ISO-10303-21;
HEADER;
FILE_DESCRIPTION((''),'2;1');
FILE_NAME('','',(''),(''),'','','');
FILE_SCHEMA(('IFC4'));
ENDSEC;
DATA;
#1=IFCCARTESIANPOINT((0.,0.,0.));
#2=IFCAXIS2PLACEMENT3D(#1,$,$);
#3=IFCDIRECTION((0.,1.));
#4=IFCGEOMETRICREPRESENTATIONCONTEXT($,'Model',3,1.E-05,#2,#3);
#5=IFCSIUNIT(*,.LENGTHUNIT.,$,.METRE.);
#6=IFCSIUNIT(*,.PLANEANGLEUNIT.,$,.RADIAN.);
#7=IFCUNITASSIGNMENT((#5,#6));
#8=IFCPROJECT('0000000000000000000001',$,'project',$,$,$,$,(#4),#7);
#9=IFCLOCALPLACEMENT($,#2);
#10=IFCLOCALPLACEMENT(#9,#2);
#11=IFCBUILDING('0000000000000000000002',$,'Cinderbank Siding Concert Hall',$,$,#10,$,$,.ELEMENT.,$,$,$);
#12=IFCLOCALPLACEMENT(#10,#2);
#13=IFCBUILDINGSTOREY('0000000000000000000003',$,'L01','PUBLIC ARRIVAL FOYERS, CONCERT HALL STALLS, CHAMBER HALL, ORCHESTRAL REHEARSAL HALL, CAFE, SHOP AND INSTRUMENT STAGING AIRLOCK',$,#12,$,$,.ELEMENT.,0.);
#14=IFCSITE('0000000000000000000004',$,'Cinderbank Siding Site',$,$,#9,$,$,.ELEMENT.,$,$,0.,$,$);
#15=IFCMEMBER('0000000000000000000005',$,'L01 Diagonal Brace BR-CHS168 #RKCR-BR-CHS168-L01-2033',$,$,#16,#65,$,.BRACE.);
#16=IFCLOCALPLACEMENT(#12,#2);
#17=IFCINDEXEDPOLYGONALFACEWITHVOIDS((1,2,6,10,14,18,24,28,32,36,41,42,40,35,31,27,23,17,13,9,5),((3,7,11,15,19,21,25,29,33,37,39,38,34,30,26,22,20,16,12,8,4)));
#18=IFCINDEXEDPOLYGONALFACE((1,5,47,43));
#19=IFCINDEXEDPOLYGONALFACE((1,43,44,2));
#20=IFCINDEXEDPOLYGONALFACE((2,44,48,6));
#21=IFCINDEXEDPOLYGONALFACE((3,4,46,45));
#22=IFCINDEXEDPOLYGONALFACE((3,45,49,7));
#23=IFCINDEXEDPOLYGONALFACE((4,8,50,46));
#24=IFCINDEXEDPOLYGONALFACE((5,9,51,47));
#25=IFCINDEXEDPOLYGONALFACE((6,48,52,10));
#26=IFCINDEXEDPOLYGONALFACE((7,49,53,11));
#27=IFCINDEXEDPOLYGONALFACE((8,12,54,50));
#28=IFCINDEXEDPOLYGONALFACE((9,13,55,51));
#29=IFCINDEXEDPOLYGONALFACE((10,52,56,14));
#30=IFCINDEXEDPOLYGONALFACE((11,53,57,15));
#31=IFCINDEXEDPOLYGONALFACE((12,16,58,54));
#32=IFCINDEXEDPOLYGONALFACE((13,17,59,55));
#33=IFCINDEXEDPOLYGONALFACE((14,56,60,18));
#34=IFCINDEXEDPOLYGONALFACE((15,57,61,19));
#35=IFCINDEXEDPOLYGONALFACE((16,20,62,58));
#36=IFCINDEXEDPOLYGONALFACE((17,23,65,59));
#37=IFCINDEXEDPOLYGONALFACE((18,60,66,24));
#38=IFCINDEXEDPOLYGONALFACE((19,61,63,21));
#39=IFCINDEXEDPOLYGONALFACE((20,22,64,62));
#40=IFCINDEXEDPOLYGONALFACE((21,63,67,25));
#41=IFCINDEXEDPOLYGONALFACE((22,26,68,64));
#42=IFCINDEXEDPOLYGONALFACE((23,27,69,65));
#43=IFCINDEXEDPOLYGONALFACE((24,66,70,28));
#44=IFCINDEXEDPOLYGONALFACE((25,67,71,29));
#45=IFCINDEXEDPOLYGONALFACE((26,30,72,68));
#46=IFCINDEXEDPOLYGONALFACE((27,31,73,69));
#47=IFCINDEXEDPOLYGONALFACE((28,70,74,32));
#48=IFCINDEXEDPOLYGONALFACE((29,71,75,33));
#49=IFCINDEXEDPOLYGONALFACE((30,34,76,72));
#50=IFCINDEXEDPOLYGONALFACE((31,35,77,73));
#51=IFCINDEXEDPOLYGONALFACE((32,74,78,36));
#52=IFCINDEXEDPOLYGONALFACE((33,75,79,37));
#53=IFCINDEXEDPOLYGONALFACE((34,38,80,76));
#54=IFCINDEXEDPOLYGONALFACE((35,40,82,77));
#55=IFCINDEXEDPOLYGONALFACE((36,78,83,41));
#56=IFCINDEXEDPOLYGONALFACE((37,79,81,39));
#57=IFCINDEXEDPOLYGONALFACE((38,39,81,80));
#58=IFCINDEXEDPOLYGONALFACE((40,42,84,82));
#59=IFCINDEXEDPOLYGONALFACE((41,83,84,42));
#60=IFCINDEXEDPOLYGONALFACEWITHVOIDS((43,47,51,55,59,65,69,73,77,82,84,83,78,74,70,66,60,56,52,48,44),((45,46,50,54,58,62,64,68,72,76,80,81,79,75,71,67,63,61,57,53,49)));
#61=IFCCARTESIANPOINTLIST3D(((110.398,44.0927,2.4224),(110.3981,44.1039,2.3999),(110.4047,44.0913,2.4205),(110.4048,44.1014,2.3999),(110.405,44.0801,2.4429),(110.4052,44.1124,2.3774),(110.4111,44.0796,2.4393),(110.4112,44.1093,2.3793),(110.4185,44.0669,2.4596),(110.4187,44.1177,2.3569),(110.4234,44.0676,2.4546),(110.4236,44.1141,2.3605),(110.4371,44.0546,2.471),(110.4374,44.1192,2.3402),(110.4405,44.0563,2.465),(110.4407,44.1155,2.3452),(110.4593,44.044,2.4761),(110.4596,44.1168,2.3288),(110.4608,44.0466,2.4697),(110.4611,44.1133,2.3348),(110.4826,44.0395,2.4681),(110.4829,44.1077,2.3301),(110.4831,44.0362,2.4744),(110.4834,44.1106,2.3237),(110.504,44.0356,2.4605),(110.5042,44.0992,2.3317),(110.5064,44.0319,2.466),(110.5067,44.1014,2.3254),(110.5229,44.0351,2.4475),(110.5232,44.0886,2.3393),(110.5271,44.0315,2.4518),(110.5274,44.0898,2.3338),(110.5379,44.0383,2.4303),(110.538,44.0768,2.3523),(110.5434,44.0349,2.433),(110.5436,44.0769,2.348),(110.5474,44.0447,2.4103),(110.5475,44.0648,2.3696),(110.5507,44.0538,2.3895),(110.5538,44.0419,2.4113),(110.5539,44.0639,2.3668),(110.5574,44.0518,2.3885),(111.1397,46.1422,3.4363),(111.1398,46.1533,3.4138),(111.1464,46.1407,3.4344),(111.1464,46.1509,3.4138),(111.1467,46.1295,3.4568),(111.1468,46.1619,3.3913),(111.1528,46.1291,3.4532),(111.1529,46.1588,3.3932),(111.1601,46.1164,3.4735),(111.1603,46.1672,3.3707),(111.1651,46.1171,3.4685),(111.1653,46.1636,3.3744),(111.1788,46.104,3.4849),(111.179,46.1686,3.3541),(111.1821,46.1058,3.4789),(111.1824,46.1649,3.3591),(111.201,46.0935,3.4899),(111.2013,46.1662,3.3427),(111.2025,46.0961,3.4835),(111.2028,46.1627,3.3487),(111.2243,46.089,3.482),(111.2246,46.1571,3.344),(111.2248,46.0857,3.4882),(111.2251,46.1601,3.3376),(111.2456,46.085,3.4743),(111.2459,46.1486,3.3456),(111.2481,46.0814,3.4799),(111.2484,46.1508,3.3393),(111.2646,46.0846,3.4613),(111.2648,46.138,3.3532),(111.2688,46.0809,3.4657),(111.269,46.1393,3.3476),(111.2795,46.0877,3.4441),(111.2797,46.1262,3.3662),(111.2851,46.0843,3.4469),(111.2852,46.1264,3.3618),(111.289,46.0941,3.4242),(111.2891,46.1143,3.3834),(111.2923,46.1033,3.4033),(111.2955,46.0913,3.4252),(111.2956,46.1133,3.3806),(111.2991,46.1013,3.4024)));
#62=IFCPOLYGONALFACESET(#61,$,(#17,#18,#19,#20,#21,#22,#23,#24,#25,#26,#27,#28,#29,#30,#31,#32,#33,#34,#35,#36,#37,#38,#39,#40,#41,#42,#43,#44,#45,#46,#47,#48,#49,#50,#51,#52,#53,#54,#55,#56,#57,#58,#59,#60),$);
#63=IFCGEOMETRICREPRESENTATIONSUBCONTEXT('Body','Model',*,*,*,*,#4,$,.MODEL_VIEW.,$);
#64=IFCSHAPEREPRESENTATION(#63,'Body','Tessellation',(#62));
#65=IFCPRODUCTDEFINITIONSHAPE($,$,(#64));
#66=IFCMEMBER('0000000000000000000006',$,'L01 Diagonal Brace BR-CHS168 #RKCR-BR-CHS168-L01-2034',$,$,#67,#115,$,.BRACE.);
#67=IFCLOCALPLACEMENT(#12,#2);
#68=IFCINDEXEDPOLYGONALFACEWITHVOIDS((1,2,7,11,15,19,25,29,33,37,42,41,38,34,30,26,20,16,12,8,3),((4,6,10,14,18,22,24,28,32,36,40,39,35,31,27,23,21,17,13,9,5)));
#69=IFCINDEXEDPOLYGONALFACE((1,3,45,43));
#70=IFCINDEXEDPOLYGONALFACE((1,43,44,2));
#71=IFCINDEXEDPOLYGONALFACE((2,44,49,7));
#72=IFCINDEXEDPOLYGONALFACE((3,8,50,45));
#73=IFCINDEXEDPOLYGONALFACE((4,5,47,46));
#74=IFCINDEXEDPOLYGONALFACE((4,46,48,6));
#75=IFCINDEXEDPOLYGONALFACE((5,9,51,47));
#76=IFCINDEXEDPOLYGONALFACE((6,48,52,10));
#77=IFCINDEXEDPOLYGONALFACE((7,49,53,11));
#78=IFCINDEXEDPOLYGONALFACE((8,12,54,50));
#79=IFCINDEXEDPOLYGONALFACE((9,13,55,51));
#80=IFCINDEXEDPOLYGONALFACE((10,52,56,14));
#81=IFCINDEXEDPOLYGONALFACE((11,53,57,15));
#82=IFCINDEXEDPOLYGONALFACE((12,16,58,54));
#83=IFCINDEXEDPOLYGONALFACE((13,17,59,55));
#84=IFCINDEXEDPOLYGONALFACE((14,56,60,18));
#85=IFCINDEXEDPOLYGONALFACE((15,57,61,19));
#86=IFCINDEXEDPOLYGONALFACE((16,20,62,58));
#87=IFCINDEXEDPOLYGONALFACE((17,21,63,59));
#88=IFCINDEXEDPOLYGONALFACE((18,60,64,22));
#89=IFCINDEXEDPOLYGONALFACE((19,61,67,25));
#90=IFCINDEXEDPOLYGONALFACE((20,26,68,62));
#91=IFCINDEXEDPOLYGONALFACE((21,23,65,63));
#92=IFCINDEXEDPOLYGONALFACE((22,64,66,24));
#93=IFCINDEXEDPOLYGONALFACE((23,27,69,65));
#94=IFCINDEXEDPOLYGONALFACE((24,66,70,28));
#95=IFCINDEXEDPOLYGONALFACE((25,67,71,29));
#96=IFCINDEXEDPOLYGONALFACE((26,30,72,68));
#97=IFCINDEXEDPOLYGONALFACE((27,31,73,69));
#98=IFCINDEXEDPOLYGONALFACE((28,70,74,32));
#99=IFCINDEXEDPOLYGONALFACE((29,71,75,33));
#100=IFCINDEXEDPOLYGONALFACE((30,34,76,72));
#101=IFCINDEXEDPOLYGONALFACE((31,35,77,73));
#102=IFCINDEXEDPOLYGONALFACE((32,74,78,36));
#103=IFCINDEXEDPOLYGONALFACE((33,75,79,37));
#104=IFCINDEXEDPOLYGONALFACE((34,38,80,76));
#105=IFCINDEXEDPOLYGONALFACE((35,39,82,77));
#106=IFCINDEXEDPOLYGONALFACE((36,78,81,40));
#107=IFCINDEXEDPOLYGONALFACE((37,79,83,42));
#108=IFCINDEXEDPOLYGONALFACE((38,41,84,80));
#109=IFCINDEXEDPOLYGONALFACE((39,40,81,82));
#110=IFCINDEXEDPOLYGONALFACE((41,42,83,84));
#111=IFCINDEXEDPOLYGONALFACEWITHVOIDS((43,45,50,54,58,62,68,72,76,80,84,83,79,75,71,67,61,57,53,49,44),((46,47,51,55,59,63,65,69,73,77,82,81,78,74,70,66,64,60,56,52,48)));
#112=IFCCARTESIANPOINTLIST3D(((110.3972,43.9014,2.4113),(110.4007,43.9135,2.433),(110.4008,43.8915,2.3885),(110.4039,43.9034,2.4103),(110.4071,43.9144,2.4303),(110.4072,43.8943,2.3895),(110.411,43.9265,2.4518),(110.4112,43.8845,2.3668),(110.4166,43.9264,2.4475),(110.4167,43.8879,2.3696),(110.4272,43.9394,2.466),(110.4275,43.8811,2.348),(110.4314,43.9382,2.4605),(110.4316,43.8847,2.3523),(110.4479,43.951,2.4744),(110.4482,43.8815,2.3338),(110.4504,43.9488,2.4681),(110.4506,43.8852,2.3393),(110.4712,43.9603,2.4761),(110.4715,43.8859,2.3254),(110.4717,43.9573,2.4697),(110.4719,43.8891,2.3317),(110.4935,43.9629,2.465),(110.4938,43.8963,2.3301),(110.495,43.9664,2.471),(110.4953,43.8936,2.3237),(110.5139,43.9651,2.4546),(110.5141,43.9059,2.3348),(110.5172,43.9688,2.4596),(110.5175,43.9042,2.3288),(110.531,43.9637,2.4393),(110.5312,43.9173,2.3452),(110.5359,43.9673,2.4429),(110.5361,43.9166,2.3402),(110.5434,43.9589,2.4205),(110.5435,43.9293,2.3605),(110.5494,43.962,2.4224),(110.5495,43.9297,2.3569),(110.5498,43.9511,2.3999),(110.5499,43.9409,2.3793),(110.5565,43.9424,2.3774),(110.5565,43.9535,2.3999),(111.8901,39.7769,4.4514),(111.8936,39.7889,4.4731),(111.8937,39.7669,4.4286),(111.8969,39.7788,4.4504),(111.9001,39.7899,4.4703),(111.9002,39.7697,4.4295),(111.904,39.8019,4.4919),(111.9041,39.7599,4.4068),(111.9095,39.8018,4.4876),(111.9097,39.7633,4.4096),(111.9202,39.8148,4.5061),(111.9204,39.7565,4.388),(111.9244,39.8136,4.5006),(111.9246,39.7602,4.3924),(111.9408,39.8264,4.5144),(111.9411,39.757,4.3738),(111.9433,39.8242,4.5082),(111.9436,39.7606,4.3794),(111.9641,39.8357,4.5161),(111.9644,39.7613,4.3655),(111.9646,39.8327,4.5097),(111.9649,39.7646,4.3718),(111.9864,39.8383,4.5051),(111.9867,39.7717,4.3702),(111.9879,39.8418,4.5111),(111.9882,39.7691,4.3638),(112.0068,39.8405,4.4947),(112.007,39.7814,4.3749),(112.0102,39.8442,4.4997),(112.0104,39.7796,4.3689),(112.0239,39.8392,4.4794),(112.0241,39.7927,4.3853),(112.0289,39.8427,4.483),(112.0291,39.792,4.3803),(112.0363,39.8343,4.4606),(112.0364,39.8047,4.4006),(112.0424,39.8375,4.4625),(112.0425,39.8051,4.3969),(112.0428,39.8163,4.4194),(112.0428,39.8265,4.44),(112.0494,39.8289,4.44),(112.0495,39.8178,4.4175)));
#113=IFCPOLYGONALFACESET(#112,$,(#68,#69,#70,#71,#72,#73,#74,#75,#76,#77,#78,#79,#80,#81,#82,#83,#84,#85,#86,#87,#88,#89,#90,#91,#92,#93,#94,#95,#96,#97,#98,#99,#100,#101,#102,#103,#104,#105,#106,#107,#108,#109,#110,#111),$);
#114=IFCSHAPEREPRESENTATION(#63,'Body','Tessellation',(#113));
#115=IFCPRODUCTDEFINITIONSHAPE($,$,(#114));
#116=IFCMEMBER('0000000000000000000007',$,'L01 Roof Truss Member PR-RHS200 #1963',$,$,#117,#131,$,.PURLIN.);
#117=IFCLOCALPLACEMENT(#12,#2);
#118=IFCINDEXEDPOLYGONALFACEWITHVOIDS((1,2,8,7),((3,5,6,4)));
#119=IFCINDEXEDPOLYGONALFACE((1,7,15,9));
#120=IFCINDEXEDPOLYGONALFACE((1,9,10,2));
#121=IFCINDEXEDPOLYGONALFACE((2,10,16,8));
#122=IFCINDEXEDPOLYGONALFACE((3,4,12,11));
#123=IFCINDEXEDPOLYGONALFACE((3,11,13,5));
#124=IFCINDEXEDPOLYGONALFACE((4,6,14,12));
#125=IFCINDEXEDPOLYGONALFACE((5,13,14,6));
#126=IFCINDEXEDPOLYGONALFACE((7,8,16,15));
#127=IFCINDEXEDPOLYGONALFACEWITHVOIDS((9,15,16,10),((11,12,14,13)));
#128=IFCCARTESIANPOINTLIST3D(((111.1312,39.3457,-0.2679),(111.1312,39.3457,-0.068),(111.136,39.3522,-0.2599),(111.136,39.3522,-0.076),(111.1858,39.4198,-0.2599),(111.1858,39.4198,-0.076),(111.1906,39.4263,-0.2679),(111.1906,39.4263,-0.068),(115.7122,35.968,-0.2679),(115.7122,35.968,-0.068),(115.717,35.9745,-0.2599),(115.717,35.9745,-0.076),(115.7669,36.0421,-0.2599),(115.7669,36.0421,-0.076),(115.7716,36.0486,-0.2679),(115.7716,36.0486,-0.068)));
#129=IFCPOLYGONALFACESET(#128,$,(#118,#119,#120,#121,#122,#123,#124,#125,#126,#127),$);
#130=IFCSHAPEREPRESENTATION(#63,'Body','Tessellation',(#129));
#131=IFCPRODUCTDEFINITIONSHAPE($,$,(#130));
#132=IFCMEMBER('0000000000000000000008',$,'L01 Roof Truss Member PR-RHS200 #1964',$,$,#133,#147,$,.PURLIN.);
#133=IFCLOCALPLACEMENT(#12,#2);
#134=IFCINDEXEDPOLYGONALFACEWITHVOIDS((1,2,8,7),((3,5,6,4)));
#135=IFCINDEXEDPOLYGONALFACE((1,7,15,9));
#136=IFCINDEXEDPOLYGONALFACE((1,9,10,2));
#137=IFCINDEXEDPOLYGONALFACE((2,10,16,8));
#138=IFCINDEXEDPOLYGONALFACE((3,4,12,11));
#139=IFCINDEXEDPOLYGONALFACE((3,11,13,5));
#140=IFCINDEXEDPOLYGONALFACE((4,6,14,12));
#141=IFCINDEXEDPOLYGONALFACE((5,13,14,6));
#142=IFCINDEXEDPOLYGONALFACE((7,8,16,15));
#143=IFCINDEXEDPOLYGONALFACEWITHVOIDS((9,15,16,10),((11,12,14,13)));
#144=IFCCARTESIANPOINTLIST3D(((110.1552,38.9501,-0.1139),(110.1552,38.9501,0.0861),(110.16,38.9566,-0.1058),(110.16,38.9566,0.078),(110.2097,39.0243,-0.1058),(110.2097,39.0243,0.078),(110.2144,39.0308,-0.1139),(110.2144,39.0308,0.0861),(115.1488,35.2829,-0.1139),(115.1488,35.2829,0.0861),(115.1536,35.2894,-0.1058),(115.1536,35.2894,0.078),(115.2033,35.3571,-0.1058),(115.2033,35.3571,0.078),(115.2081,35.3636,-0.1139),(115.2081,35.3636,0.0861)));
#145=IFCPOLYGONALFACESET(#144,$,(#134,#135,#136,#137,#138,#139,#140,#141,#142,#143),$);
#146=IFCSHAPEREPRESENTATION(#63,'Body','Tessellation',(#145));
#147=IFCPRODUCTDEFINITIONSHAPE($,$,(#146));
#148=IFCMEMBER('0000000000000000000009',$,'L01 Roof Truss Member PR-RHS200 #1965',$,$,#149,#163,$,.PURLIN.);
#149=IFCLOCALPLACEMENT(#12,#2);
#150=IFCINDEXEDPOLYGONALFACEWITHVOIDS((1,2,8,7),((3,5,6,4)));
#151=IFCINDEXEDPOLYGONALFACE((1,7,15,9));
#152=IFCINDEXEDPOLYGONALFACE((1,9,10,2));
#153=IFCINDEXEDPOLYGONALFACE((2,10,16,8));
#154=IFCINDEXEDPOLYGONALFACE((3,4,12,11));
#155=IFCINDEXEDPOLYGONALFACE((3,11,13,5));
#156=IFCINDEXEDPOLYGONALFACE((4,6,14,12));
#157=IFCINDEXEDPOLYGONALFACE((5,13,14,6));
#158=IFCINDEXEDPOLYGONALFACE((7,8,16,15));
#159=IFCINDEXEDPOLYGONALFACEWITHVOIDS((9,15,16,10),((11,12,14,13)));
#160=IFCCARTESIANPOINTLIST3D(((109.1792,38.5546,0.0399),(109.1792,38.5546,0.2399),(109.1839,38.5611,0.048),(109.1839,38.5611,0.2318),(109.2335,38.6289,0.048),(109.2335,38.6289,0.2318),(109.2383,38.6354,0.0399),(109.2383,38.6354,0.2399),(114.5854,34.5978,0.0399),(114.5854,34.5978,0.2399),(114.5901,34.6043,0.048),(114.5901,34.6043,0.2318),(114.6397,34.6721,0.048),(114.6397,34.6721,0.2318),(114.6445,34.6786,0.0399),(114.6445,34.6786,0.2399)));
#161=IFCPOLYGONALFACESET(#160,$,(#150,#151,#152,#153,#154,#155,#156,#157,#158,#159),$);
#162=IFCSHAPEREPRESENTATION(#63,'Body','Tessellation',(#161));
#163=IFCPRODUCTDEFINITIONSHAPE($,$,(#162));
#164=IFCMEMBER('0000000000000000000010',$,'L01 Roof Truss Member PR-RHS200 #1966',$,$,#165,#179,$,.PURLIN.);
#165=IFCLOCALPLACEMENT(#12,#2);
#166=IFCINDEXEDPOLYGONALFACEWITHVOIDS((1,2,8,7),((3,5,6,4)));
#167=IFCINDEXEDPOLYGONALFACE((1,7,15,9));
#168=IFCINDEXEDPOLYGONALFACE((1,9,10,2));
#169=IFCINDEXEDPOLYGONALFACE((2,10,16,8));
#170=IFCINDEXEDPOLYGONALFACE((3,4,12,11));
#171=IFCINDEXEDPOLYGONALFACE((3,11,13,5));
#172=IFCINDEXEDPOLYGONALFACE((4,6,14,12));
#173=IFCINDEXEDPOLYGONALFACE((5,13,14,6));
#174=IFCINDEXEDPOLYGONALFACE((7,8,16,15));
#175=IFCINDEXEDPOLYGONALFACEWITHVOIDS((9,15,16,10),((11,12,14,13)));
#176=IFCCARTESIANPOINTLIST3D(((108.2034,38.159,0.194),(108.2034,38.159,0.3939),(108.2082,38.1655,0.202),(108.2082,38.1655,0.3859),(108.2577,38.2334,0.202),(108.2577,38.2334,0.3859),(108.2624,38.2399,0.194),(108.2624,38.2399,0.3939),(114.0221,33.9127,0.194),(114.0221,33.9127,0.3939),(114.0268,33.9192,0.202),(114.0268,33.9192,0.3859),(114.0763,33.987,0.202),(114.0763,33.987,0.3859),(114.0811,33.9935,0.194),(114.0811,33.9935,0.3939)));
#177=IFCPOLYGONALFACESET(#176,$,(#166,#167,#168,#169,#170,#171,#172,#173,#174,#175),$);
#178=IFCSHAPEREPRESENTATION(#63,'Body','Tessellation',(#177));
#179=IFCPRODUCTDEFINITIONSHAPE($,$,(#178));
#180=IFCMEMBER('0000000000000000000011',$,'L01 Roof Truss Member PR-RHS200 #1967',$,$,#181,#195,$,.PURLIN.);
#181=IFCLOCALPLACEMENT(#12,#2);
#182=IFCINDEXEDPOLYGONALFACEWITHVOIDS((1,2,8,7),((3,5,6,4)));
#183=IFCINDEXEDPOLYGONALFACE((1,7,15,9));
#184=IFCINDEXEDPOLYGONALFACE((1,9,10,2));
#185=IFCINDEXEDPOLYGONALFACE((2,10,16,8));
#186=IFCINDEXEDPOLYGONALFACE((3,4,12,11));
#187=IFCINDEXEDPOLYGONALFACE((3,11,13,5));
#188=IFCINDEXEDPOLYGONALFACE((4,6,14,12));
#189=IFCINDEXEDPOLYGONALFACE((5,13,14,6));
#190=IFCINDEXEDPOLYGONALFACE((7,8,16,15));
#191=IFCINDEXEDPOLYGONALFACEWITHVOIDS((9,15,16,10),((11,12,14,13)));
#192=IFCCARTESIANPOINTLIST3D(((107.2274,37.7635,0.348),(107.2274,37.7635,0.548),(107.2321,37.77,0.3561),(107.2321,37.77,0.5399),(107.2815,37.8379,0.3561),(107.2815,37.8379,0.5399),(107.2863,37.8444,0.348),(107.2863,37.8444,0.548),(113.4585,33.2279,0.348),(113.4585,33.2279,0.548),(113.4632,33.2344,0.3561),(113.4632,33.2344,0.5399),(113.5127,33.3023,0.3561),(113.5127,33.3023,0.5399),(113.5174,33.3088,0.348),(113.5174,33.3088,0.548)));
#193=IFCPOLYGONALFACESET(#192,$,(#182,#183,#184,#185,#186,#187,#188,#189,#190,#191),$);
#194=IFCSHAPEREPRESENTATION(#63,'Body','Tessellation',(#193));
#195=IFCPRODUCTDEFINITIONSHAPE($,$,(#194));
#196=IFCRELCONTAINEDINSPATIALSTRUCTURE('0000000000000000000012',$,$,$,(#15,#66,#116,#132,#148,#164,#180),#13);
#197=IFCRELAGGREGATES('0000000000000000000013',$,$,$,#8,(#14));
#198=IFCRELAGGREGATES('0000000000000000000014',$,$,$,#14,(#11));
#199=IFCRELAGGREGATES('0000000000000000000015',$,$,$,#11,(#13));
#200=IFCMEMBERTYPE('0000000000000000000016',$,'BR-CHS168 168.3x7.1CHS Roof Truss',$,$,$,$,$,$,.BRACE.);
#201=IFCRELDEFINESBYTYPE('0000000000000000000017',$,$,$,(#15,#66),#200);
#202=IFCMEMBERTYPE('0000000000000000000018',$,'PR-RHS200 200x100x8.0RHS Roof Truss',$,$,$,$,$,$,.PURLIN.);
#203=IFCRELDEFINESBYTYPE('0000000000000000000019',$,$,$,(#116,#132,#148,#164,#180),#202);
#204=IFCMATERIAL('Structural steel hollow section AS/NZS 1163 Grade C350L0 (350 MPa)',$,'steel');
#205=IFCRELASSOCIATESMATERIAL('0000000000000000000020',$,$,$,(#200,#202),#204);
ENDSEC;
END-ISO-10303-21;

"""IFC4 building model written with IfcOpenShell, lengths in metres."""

from ifc_helpers import new_model, si_unit, direction, frame, origin, origin_2d, place, context, subcontext, project, spatial, hollow_rectangle, hollow_circle, extrude, material, material_profile, profile_set, type_object, element, save


model = new_model("IFC4")

# Units and contexts
model_context = context("Model", 3, precision=1e-05, world=origin(), true_north=direction((0.0, 1.0)))
body_context = subcontext(model_context, "Body", "Model", "MODEL_VIEW")
ifc_project = project(units=[si_unit("LENGTHUNIT", "METRE"), si_unit("PLANEANGLEUNIT", "RADIAN")], contexts=[model_context])

# Site, building, storey
site_placement = place(None, origin())
site = spatial("IfcSite", under=ifc_project, at=site_placement, Name="Cinderbank Siding Site", CompositionType="ELEMENT", RefElevation=0.0)
building_placement = place(site_placement, origin())
building = spatial("IfcBuilding", under=site, at=building_placement, Name="Cinderbank Siding Concert Hall", CompositionType="ELEMENT")
storey_placement = place(building_placement, origin())
storey = spatial("IfcBuildingStorey", under=building, at=storey_placement, Name="L01", Description="PUBLIC ARRIVAL FOYERS, CONCERT HALL STALLS, CHAMBER HALL, ORCHESTRAL REHEARSAL HALL, CAFE, SHOP AND INSTRUMENT STAGING AIRLOCK", CompositionType="ELEMENT", Elevation=0.0)

# Members
ifc_material_1 = material(Name="Structural steel hollow section AS/NZS 1163 Grade C350L0 (350 MPa)", Category="steel")
ifc_material_profile_1 = material_profile(ifc_material_1, hollow_circle(Radius=0.0842, WallThickness=0.0071, at=origin_2d()), Name="168.3x7.1CHS", Category="LoadBearing")
ifc_profile_set_1 = profile_set([ifc_material_profile_1], Name="Structural steel hollow section AS/NZS 1163 Grade C350L0 (350 MPa)")
member_type_1 = type_object("IfcMemberType", Name="BR-CHS168 168.3x7.1CHS Roof Truss", PredefinedType="BRACE", material=ifc_profile_set_1)
member_1_placement = place(storey_placement, frame((110.4773, 44.0752, 2.3999), z_axis=(0.308537, 0.85259, 0.421776), x_axis=(-0.940322, 0.340286, 0.0)))
element("IfcMember", 1, at=member_1_placement, inside=storey, type_object=member_type_1, Name="L01 Diagonal Brace BR-CHS168 #RKCR-BR-CHS168-L01-2033", PredefinedType="BRACE", context=body_context, shape_type="SweptSolid", body=[
    extrude(hollow_circle(Radius=0.0842, WallThickness=0.0071, at=origin_2d()), origin(), (0.0, 0.0, 1.0), 2.4038),
])
member_2_placement = place(storey_placement, frame((110.4773, 43.9248, 2.3999), z_axis=(0.308609, -0.852598, 0.421707), x_axis=(0.940298, 0.340353, 0.0)))
element("IfcMember", 2, at=member_2_placement, inside=storey, type_object=member_type_1, Name="L01 Diagonal Brace BR-CHS168 #RKCR-BR-CHS168-L01-2034", PredefinedType="BRACE", context=body_context, shape_type="SweptSolid", body=[
    extrude(hollow_circle(Radius=0.0842, WallThickness=0.0071, at=origin_2d()), origin(), (0.0, 0.0, 1.0), 4.8376),
])
ifc_material_profile_2 = material_profile(ifc_material_1, hollow_rectangle(XDim=0.1001, YDim=0.2, WallThickness=0.0081, at=origin_2d()), Name="200x100x8.0RHS", Category="LoadBearing")
ifc_profile_set_2 = profile_set([ifc_material_profile_2], Name="Structural steel hollow section AS/NZS 1163 Grade C350L0 (350 MPa)")
member_type_2 = type_object("IfcMemberType", Name="PR-RHS200 200x100x8.0RHS Roof Truss", PredefinedType="PURLIN", material=ifc_profile_set_2)
member_3_placement = place(storey_placement, frame((111.1609, 39.386, -0.168), z_axis=(0.804874, -0.593446, 0.0), x_axis=(0.593446, 0.804874, 0.0)))
element("IfcMember", 3, at=member_3_placement, inside=storey, type_object=member_type_2, Name="L01 Roof Truss Member PR-RHS200 #1963", PredefinedType="PURLIN", context=body_context, shape_type="SweptSolid", body=[
    extrude(hollow_rectangle(XDim=0.1001, YDim=0.2, WallThickness=0.0081, at=origin_2d()), origin(), (0.0, 0.0, 1.0), 5.6917),
])
member_4_placement = place(storey_placement, frame((110.1848, 38.9905, -0.0139), z_axis=(0.806003, -0.591912, 0.0), x_axis=(0.591912, 0.806003, 0.0)))
element("IfcMember", 4, at=member_4_placement, inside=storey, type_object=member_type_2, Name="L01 Roof Truss Member PR-RHS200 #1964", PredefinedType="PURLIN", context=body_context, shape_type="SweptSolid", body=[
    extrude(hollow_rectangle(XDim=0.1001, YDim=0.2, WallThickness=0.0081, at=origin_2d()), origin(), (0.0, 0.0, 1.0), 6.1956),
])
member_5_placement = place(storey_placement, frame((109.2087, 38.595, 0.1399), z_axis=(0.80696, -0.590607, 0.0), x_axis=(0.590607, 0.80696, 0.0)))
element("IfcMember", 5, at=member_5_placement, inside=storey, type_object=member_type_2, Name="L01 Roof Truss Member PR-RHS200 #1965", PredefinedType="PURLIN", context=body_context, shape_type="SweptSolid", body=[
    extrude(hollow_rectangle(XDim=0.1001, YDim=0.2, WallThickness=0.0081, at=origin_2d()), origin(), (0.0, 0.0, 1.0), 6.6995),
])
member_6_placement = place(storey_placement, frame((108.2329, 38.1995, 0.2939), z_axis=(0.807769, -0.589499, 0.0), x_axis=(0.589499, 0.807769, 0.0)))
element("IfcMember", 6, at=member_6_placement, inside=storey, type_object=member_type_2, Name="L01 Roof Truss Member PR-RHS200 #1966", PredefinedType="PURLIN", context=body_context, shape_type="SweptSolid", body=[
    extrude(hollow_rectangle(XDim=0.1001, YDim=0.2, WallThickness=0.0081, at=origin_2d()), origin(), (0.0, 0.0, 1.0), 7.2034),
])
member_7_placement = place(storey_placement, frame((107.2568, 37.804, 0.448), z_axis=(0.808498, -0.588499, 0.0), x_axis=(0.588499, 0.808498, 0.0)))
element("IfcMember", 7, at=member_7_placement, inside=storey, type_object=member_type_2, Name="L01 Roof Truss Member PR-RHS200 #1967", PredefinedType="PURLIN", context=body_context, shape_type="SweptSolid", body=[
    extrude(hollow_rectangle(XDim=0.1001, YDim=0.2, WallThickness=0.0081, at=origin_2d()), origin(), (0.0, 0.0, 1.0), 7.707),
])

save(model, "model.ifc")
